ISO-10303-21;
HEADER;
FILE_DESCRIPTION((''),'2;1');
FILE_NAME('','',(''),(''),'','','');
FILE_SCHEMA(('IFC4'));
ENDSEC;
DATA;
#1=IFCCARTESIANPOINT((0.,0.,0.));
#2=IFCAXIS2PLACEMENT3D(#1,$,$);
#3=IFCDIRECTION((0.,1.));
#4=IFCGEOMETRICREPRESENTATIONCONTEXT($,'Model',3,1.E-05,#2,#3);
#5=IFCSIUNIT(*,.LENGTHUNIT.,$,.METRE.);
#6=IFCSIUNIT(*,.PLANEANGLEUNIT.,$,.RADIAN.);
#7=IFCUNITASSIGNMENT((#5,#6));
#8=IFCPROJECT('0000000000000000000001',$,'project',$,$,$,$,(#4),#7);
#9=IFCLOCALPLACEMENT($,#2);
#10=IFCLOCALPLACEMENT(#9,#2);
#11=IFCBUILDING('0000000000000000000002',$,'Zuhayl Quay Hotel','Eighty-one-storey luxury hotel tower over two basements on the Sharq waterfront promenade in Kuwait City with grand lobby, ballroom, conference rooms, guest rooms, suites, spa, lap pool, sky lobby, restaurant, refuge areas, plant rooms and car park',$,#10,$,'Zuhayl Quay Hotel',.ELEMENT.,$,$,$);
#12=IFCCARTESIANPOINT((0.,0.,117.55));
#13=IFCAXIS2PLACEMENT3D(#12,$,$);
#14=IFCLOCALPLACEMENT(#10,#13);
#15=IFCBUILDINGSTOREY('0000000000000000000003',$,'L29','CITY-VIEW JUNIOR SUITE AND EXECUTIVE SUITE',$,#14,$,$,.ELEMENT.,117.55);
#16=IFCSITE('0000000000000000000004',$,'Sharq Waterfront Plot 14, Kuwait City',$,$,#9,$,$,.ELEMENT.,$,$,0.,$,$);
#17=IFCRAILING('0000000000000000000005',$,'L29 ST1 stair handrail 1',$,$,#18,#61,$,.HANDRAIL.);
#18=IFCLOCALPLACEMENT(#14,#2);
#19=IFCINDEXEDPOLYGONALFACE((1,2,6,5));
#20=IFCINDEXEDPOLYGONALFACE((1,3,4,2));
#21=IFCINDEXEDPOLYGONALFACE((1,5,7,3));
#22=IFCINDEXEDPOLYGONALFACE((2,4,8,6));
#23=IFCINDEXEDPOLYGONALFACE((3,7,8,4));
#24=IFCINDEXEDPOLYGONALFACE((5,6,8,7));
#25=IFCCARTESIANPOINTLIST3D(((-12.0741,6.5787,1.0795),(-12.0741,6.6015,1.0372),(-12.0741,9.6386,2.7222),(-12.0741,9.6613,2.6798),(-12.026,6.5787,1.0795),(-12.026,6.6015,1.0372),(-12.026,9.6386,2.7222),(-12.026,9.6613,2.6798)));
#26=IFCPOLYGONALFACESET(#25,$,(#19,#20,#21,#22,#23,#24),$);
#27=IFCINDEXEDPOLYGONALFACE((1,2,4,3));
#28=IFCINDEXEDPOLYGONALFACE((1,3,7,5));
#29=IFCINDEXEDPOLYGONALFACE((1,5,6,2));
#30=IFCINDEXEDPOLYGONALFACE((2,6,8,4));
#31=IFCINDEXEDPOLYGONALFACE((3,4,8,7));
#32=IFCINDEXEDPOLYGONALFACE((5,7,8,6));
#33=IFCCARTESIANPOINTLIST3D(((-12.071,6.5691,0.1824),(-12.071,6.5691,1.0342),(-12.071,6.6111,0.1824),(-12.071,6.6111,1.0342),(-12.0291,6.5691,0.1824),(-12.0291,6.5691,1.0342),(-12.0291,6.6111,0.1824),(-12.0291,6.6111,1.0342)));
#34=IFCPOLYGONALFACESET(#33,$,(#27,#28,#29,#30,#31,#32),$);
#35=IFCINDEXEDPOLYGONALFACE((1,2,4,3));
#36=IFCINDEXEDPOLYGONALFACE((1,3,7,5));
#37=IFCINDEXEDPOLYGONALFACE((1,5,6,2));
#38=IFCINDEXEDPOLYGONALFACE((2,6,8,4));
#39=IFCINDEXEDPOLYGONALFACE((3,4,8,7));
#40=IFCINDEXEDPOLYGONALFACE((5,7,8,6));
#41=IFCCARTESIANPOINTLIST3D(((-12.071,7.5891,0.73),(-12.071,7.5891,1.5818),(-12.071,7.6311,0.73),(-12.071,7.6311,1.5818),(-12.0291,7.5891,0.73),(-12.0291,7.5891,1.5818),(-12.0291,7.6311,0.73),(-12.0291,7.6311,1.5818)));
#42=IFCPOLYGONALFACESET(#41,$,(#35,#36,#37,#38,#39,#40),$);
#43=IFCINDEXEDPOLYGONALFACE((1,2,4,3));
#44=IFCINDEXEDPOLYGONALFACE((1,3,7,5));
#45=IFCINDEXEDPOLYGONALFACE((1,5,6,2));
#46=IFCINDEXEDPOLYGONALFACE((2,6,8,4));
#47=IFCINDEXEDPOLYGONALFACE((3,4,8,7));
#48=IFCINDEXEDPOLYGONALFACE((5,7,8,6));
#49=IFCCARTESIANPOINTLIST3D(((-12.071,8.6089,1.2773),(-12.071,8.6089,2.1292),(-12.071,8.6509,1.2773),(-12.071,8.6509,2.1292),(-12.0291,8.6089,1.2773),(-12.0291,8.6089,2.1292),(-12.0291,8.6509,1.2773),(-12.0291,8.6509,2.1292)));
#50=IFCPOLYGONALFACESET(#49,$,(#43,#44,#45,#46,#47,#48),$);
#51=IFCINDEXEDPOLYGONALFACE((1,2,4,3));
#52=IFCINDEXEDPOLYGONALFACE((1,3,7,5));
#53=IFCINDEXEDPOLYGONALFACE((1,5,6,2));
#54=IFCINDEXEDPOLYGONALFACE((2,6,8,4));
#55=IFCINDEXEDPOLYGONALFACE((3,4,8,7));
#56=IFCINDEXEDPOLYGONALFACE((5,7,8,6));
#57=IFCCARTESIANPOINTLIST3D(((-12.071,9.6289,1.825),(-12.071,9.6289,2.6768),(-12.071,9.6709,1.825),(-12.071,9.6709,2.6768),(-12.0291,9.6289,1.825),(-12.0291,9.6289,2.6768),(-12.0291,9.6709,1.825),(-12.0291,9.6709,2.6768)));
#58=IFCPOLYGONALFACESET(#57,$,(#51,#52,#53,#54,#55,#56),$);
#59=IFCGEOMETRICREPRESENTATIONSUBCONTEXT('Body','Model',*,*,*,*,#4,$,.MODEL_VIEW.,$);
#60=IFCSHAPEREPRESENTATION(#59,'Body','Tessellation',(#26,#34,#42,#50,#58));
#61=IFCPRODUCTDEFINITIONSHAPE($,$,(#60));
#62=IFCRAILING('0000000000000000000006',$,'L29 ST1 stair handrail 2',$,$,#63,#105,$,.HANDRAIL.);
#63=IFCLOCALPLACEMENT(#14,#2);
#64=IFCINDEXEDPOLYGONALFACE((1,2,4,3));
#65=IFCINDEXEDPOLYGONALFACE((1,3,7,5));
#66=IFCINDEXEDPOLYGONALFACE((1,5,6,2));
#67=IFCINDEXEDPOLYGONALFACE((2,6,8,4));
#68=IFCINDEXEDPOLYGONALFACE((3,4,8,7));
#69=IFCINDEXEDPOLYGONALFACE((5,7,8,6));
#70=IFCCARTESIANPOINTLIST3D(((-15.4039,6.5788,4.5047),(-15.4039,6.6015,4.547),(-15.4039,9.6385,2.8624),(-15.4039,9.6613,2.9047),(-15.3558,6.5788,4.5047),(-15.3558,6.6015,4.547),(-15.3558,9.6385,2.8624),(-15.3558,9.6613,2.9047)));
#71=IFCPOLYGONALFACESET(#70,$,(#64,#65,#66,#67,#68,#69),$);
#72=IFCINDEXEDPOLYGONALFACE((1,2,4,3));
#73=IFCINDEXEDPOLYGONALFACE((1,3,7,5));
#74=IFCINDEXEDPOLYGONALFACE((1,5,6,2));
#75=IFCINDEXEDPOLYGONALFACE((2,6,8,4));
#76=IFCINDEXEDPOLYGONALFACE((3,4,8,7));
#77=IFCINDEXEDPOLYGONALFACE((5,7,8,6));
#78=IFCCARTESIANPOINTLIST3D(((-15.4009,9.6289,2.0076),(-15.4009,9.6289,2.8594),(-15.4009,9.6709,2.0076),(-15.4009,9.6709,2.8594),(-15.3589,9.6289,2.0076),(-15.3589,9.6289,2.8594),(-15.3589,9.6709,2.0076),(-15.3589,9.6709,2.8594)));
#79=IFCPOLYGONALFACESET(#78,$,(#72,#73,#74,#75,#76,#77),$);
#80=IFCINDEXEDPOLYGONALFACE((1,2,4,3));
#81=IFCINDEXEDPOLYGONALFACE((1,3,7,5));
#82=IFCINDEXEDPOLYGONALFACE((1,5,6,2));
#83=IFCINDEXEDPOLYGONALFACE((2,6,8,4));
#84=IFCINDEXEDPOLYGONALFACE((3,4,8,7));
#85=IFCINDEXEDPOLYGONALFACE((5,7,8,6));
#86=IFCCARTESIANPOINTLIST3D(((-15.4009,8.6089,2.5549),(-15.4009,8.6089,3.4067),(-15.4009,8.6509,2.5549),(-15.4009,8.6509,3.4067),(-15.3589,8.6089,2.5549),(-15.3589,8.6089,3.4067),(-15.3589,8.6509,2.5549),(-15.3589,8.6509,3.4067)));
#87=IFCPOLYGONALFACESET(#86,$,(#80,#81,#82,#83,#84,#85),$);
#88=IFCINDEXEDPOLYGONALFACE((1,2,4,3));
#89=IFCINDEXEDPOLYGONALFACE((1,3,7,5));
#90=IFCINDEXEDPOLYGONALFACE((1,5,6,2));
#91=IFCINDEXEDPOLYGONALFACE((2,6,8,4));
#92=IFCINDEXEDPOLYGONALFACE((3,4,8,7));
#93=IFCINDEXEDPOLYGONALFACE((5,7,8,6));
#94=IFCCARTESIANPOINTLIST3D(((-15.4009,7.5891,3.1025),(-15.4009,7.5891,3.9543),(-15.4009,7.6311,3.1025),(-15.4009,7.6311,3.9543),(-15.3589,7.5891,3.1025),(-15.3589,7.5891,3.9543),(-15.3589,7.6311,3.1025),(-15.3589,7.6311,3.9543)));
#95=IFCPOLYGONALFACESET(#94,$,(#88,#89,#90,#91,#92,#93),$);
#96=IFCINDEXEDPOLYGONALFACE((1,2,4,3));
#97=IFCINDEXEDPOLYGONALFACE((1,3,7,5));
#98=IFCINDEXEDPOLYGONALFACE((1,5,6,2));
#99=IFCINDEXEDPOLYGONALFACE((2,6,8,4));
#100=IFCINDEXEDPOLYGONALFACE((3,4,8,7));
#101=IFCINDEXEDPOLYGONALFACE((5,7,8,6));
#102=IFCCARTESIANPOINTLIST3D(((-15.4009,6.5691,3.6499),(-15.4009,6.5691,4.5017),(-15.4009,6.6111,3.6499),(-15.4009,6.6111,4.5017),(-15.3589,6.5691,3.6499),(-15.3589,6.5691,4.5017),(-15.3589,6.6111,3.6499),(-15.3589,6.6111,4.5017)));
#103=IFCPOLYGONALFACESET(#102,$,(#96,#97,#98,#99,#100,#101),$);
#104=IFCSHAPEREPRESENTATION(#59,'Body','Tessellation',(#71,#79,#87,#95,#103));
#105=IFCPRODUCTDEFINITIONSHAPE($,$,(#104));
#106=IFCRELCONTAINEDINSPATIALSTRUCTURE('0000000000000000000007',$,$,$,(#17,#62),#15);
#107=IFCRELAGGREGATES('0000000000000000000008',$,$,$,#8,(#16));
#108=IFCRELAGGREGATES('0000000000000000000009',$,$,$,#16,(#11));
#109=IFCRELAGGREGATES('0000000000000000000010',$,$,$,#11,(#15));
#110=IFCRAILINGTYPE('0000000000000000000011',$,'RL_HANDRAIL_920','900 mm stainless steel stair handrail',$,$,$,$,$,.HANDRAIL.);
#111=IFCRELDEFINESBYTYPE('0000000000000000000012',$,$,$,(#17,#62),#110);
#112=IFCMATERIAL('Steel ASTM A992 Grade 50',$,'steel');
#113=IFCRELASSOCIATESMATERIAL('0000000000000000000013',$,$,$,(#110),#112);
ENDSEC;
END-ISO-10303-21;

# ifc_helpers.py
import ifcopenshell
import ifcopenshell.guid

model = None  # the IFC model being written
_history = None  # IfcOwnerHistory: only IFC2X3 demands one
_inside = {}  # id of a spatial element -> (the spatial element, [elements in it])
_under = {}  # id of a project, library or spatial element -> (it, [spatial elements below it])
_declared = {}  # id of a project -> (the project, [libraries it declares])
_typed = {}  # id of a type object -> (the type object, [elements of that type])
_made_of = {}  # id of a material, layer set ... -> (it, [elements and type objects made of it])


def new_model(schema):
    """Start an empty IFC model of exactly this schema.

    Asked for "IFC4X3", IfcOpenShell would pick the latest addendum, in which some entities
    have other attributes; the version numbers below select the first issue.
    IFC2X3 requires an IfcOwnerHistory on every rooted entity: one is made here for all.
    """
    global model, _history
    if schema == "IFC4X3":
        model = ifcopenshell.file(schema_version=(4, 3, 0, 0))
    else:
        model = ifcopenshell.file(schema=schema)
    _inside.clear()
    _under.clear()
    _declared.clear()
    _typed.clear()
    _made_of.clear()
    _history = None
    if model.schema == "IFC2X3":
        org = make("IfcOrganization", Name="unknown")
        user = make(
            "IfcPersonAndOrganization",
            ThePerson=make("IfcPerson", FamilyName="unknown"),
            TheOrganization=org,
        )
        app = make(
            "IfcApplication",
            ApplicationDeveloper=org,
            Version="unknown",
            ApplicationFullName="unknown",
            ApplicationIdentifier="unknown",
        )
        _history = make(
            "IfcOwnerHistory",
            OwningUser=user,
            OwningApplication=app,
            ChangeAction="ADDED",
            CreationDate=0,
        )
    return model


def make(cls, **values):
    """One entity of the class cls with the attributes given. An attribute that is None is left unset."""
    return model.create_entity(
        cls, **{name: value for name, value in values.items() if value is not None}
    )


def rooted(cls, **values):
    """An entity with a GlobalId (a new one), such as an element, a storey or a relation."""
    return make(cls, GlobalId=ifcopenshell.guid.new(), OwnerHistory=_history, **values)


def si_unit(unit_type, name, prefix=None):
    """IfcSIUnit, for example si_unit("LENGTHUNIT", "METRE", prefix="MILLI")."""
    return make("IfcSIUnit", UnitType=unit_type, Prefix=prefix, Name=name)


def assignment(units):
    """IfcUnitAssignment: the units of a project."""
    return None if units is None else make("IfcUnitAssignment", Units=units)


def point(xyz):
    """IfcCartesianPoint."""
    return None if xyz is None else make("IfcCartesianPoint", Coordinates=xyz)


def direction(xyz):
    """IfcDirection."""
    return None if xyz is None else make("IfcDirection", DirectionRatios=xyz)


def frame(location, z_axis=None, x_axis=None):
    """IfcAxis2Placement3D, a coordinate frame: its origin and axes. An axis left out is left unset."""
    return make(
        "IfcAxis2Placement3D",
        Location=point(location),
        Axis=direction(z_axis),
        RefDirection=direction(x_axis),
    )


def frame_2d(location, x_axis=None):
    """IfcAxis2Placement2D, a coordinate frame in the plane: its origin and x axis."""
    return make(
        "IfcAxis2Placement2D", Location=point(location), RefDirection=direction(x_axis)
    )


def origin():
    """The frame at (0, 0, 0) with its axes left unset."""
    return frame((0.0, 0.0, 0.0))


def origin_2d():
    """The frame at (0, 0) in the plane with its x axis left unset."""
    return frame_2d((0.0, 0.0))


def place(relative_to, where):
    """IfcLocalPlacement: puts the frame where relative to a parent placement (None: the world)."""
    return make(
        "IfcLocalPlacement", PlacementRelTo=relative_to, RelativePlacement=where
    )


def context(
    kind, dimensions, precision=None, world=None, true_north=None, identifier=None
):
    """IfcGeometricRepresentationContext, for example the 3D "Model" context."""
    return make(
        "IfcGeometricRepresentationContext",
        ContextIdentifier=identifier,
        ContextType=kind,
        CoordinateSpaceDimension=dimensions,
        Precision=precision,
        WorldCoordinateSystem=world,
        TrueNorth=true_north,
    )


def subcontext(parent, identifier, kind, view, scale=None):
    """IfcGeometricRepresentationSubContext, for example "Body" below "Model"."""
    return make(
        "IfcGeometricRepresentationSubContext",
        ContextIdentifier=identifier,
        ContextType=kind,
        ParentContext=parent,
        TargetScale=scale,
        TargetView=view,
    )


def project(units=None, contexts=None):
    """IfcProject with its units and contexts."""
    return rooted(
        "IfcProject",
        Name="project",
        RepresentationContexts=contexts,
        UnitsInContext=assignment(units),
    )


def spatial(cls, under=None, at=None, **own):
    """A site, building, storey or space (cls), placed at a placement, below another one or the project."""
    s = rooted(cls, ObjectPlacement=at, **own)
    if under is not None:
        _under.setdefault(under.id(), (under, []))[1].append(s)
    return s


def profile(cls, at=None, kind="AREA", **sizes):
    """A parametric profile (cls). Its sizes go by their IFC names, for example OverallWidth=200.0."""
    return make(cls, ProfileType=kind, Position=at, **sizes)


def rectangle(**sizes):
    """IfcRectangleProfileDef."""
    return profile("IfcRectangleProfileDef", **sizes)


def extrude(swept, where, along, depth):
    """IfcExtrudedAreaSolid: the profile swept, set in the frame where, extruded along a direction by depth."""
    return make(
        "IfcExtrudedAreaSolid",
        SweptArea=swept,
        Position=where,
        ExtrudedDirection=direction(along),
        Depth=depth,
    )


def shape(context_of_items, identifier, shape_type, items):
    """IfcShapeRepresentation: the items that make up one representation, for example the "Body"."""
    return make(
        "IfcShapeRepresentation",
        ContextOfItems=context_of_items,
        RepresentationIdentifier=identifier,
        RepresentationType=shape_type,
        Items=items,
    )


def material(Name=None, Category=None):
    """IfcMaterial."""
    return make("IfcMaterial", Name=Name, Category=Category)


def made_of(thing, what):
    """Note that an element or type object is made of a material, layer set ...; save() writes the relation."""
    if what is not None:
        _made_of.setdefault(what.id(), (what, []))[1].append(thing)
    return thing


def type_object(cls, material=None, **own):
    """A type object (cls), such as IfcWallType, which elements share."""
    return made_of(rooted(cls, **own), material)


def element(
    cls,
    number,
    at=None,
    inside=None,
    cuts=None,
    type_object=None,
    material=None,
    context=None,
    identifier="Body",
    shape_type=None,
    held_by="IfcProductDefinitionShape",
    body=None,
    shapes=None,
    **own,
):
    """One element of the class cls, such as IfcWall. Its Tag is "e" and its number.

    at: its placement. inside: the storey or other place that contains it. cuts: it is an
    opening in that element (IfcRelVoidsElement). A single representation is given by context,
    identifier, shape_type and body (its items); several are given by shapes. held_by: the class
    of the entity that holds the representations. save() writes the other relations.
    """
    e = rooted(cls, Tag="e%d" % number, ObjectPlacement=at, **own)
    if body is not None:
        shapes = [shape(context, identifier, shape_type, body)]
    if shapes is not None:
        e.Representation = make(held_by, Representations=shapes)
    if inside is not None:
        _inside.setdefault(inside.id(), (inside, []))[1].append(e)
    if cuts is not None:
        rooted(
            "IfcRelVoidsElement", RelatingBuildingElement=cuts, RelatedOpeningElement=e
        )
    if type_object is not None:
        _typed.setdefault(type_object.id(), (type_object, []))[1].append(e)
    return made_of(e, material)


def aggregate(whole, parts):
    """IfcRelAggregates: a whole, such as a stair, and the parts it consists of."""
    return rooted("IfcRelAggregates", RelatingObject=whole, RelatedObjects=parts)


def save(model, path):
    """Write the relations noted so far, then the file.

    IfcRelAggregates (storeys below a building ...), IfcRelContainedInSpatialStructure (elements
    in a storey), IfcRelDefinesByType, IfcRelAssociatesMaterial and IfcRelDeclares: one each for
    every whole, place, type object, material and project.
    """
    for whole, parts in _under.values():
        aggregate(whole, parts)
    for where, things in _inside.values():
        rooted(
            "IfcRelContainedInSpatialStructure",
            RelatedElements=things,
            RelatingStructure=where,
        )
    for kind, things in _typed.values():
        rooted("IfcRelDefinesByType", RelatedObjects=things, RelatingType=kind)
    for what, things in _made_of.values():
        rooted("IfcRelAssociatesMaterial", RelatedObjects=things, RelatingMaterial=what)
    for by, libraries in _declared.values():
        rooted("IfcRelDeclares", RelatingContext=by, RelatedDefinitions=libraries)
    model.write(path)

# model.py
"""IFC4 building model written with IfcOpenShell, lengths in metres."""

from ifc_helpers import new_model, si_unit, direction, frame, origin, origin_2d, place, context, subcontext, project, spatial, rectangle, extrude, material, type_object, element, save


model = new_model("IFC4")

# Units and contexts
model_context = context("Model", 3, precision=1e-05, world=origin(), true_north=direction((0.0, 1.0)))
body_context = subcontext(model_context, "Body", "Model", "MODEL_VIEW")
ifc_project = project(units=[si_unit("LENGTHUNIT", "METRE"), si_unit("PLANEANGLEUNIT", "RADIAN")], contexts=[model_context])

# Site, building, storey
site_placement = place(None, origin())
site = spatial("IfcSite", under=ifc_project, at=site_placement, Name="Sharq Waterfront Plot 14, Kuwait City", CompositionType="ELEMENT", RefElevation=0.0)
building_placement = place(site_placement, origin())
building = spatial("IfcBuilding", under=site, at=building_placement, Name="Zuhayl Quay Hotel", Description="Eighty-one-storey luxury hotel tower over two basements on the Sharq waterfront promenade in Kuwait City with grand lobby, ballroom, conference rooms, guest rooms, suites, spa, lap pool, sky lobby, restaurant, refuge areas, plant rooms and car park", LongName="Zuhayl Quay Hotel", CompositionType="ELEMENT")
storey_placement = place(building_placement, frame((0.0, 0.0, 117.55)))
storey = spatial("IfcBuildingStorey", under=building, at=storey_placement, Name="L29", Description="CITY-VIEW JUNIOR SUITE AND EXECUTIVE SUITE", CompositionType="ELEMENT", Elevation=117.55)

# Shared definitions
ifc_material_1 = material(Name="Steel ASTM A992 Grade 50", Category="steel")

# Railings
railing_type_1 = type_object("IfcRailingType", Name="RL_HANDRAIL_920", Description="900 mm stainless steel stair handrail", PredefinedType="HANDRAIL", material=ifc_material_1)
railing_1_placement = place(storey_placement, frame((-12.05, 6.5901, 0.1824)))
element("IfcRailing", 1, at=railing_1_placement, inside=storey, type_object=railing_type_1, Name="L29 ST1 stair handrail 1", PredefinedType="HANDRAIL", context=body_context, shape_type="SweptSolid", body=[
    extrude(rectangle(XDim=0.0481, YDim=0.0481, at=origin_2d()), frame((0.0, 0.0, 0.876), z_axis=(0.0, 0.881073, 0.47298), x_axis=(-1.0, 0.0, 0.0)), (0.0, 0.0, 1.0), 3.4729),
    extrude(rectangle(XDim=0.042, YDim=0.042, at=origin_2d()), origin(), (0.0, 0.0, 1.0), 0.8518),
    extrude(rectangle(XDim=0.042, YDim=0.042, at=origin_2d()), frame((0.0, 1.02, 0.5476)), (0.0, 0.0, 1.0), 0.8518),
    extrude(rectangle(XDim=0.042, YDim=0.042, at=origin_2d()), frame((0.0, 2.0398, 1.095)), (0.0, 0.0, 1.0), 0.8518),
    extrude(rectangle(XDim=0.042, YDim=0.042, at=origin_2d()), frame((0.0, 3.0598, 1.6426)), (0.0, 0.0, 1.0), 0.8518),
])
railing_2_placement = place(storey_placement, frame((-15.3799, 9.6499, 2.0076)))
element("IfcRailing", 2, at=railing_2_placement, inside=storey, type_object=railing_type_1, Name="L29 ST1 stair handrail 2", PredefinedType="HANDRAIL", context=body_context, shape_type="SweptSolid", body=[
    extrude(rectangle(XDim=0.0481, YDim=0.0481, at=origin_2d()), frame((0.0, 0.0, 0.876), z_axis=(0.0, -0.881102, 0.472926), x_axis=(1.0, 0.0, 0.0)), (0.0, 0.0, 1.0), 3.4727),
    extrude(rectangle(XDim=0.042, YDim=0.042, at=origin_2d()), origin(), (0.0, 0.0, 1.0), 0.8518),
    extrude(rectangle(XDim=0.042, YDim=0.042, at=origin_2d()), frame((0.0, -1.02, 0.5474)), (0.0, 0.0, 1.0), 0.8518),
    extrude(rectangle(XDim=0.042, YDim=0.042, at=origin_2d()), frame((0.0, -2.0398, 1.095)), (0.0, 0.0, 1.0), 0.8518),
    extrude(rectangle(XDim=0.042, YDim=0.042, at=origin_2d()), frame((0.0, -3.0598, 1.6423)), (0.0, 0.0, 1.0), 0.8518),
])

save(model, "model.ifc")
